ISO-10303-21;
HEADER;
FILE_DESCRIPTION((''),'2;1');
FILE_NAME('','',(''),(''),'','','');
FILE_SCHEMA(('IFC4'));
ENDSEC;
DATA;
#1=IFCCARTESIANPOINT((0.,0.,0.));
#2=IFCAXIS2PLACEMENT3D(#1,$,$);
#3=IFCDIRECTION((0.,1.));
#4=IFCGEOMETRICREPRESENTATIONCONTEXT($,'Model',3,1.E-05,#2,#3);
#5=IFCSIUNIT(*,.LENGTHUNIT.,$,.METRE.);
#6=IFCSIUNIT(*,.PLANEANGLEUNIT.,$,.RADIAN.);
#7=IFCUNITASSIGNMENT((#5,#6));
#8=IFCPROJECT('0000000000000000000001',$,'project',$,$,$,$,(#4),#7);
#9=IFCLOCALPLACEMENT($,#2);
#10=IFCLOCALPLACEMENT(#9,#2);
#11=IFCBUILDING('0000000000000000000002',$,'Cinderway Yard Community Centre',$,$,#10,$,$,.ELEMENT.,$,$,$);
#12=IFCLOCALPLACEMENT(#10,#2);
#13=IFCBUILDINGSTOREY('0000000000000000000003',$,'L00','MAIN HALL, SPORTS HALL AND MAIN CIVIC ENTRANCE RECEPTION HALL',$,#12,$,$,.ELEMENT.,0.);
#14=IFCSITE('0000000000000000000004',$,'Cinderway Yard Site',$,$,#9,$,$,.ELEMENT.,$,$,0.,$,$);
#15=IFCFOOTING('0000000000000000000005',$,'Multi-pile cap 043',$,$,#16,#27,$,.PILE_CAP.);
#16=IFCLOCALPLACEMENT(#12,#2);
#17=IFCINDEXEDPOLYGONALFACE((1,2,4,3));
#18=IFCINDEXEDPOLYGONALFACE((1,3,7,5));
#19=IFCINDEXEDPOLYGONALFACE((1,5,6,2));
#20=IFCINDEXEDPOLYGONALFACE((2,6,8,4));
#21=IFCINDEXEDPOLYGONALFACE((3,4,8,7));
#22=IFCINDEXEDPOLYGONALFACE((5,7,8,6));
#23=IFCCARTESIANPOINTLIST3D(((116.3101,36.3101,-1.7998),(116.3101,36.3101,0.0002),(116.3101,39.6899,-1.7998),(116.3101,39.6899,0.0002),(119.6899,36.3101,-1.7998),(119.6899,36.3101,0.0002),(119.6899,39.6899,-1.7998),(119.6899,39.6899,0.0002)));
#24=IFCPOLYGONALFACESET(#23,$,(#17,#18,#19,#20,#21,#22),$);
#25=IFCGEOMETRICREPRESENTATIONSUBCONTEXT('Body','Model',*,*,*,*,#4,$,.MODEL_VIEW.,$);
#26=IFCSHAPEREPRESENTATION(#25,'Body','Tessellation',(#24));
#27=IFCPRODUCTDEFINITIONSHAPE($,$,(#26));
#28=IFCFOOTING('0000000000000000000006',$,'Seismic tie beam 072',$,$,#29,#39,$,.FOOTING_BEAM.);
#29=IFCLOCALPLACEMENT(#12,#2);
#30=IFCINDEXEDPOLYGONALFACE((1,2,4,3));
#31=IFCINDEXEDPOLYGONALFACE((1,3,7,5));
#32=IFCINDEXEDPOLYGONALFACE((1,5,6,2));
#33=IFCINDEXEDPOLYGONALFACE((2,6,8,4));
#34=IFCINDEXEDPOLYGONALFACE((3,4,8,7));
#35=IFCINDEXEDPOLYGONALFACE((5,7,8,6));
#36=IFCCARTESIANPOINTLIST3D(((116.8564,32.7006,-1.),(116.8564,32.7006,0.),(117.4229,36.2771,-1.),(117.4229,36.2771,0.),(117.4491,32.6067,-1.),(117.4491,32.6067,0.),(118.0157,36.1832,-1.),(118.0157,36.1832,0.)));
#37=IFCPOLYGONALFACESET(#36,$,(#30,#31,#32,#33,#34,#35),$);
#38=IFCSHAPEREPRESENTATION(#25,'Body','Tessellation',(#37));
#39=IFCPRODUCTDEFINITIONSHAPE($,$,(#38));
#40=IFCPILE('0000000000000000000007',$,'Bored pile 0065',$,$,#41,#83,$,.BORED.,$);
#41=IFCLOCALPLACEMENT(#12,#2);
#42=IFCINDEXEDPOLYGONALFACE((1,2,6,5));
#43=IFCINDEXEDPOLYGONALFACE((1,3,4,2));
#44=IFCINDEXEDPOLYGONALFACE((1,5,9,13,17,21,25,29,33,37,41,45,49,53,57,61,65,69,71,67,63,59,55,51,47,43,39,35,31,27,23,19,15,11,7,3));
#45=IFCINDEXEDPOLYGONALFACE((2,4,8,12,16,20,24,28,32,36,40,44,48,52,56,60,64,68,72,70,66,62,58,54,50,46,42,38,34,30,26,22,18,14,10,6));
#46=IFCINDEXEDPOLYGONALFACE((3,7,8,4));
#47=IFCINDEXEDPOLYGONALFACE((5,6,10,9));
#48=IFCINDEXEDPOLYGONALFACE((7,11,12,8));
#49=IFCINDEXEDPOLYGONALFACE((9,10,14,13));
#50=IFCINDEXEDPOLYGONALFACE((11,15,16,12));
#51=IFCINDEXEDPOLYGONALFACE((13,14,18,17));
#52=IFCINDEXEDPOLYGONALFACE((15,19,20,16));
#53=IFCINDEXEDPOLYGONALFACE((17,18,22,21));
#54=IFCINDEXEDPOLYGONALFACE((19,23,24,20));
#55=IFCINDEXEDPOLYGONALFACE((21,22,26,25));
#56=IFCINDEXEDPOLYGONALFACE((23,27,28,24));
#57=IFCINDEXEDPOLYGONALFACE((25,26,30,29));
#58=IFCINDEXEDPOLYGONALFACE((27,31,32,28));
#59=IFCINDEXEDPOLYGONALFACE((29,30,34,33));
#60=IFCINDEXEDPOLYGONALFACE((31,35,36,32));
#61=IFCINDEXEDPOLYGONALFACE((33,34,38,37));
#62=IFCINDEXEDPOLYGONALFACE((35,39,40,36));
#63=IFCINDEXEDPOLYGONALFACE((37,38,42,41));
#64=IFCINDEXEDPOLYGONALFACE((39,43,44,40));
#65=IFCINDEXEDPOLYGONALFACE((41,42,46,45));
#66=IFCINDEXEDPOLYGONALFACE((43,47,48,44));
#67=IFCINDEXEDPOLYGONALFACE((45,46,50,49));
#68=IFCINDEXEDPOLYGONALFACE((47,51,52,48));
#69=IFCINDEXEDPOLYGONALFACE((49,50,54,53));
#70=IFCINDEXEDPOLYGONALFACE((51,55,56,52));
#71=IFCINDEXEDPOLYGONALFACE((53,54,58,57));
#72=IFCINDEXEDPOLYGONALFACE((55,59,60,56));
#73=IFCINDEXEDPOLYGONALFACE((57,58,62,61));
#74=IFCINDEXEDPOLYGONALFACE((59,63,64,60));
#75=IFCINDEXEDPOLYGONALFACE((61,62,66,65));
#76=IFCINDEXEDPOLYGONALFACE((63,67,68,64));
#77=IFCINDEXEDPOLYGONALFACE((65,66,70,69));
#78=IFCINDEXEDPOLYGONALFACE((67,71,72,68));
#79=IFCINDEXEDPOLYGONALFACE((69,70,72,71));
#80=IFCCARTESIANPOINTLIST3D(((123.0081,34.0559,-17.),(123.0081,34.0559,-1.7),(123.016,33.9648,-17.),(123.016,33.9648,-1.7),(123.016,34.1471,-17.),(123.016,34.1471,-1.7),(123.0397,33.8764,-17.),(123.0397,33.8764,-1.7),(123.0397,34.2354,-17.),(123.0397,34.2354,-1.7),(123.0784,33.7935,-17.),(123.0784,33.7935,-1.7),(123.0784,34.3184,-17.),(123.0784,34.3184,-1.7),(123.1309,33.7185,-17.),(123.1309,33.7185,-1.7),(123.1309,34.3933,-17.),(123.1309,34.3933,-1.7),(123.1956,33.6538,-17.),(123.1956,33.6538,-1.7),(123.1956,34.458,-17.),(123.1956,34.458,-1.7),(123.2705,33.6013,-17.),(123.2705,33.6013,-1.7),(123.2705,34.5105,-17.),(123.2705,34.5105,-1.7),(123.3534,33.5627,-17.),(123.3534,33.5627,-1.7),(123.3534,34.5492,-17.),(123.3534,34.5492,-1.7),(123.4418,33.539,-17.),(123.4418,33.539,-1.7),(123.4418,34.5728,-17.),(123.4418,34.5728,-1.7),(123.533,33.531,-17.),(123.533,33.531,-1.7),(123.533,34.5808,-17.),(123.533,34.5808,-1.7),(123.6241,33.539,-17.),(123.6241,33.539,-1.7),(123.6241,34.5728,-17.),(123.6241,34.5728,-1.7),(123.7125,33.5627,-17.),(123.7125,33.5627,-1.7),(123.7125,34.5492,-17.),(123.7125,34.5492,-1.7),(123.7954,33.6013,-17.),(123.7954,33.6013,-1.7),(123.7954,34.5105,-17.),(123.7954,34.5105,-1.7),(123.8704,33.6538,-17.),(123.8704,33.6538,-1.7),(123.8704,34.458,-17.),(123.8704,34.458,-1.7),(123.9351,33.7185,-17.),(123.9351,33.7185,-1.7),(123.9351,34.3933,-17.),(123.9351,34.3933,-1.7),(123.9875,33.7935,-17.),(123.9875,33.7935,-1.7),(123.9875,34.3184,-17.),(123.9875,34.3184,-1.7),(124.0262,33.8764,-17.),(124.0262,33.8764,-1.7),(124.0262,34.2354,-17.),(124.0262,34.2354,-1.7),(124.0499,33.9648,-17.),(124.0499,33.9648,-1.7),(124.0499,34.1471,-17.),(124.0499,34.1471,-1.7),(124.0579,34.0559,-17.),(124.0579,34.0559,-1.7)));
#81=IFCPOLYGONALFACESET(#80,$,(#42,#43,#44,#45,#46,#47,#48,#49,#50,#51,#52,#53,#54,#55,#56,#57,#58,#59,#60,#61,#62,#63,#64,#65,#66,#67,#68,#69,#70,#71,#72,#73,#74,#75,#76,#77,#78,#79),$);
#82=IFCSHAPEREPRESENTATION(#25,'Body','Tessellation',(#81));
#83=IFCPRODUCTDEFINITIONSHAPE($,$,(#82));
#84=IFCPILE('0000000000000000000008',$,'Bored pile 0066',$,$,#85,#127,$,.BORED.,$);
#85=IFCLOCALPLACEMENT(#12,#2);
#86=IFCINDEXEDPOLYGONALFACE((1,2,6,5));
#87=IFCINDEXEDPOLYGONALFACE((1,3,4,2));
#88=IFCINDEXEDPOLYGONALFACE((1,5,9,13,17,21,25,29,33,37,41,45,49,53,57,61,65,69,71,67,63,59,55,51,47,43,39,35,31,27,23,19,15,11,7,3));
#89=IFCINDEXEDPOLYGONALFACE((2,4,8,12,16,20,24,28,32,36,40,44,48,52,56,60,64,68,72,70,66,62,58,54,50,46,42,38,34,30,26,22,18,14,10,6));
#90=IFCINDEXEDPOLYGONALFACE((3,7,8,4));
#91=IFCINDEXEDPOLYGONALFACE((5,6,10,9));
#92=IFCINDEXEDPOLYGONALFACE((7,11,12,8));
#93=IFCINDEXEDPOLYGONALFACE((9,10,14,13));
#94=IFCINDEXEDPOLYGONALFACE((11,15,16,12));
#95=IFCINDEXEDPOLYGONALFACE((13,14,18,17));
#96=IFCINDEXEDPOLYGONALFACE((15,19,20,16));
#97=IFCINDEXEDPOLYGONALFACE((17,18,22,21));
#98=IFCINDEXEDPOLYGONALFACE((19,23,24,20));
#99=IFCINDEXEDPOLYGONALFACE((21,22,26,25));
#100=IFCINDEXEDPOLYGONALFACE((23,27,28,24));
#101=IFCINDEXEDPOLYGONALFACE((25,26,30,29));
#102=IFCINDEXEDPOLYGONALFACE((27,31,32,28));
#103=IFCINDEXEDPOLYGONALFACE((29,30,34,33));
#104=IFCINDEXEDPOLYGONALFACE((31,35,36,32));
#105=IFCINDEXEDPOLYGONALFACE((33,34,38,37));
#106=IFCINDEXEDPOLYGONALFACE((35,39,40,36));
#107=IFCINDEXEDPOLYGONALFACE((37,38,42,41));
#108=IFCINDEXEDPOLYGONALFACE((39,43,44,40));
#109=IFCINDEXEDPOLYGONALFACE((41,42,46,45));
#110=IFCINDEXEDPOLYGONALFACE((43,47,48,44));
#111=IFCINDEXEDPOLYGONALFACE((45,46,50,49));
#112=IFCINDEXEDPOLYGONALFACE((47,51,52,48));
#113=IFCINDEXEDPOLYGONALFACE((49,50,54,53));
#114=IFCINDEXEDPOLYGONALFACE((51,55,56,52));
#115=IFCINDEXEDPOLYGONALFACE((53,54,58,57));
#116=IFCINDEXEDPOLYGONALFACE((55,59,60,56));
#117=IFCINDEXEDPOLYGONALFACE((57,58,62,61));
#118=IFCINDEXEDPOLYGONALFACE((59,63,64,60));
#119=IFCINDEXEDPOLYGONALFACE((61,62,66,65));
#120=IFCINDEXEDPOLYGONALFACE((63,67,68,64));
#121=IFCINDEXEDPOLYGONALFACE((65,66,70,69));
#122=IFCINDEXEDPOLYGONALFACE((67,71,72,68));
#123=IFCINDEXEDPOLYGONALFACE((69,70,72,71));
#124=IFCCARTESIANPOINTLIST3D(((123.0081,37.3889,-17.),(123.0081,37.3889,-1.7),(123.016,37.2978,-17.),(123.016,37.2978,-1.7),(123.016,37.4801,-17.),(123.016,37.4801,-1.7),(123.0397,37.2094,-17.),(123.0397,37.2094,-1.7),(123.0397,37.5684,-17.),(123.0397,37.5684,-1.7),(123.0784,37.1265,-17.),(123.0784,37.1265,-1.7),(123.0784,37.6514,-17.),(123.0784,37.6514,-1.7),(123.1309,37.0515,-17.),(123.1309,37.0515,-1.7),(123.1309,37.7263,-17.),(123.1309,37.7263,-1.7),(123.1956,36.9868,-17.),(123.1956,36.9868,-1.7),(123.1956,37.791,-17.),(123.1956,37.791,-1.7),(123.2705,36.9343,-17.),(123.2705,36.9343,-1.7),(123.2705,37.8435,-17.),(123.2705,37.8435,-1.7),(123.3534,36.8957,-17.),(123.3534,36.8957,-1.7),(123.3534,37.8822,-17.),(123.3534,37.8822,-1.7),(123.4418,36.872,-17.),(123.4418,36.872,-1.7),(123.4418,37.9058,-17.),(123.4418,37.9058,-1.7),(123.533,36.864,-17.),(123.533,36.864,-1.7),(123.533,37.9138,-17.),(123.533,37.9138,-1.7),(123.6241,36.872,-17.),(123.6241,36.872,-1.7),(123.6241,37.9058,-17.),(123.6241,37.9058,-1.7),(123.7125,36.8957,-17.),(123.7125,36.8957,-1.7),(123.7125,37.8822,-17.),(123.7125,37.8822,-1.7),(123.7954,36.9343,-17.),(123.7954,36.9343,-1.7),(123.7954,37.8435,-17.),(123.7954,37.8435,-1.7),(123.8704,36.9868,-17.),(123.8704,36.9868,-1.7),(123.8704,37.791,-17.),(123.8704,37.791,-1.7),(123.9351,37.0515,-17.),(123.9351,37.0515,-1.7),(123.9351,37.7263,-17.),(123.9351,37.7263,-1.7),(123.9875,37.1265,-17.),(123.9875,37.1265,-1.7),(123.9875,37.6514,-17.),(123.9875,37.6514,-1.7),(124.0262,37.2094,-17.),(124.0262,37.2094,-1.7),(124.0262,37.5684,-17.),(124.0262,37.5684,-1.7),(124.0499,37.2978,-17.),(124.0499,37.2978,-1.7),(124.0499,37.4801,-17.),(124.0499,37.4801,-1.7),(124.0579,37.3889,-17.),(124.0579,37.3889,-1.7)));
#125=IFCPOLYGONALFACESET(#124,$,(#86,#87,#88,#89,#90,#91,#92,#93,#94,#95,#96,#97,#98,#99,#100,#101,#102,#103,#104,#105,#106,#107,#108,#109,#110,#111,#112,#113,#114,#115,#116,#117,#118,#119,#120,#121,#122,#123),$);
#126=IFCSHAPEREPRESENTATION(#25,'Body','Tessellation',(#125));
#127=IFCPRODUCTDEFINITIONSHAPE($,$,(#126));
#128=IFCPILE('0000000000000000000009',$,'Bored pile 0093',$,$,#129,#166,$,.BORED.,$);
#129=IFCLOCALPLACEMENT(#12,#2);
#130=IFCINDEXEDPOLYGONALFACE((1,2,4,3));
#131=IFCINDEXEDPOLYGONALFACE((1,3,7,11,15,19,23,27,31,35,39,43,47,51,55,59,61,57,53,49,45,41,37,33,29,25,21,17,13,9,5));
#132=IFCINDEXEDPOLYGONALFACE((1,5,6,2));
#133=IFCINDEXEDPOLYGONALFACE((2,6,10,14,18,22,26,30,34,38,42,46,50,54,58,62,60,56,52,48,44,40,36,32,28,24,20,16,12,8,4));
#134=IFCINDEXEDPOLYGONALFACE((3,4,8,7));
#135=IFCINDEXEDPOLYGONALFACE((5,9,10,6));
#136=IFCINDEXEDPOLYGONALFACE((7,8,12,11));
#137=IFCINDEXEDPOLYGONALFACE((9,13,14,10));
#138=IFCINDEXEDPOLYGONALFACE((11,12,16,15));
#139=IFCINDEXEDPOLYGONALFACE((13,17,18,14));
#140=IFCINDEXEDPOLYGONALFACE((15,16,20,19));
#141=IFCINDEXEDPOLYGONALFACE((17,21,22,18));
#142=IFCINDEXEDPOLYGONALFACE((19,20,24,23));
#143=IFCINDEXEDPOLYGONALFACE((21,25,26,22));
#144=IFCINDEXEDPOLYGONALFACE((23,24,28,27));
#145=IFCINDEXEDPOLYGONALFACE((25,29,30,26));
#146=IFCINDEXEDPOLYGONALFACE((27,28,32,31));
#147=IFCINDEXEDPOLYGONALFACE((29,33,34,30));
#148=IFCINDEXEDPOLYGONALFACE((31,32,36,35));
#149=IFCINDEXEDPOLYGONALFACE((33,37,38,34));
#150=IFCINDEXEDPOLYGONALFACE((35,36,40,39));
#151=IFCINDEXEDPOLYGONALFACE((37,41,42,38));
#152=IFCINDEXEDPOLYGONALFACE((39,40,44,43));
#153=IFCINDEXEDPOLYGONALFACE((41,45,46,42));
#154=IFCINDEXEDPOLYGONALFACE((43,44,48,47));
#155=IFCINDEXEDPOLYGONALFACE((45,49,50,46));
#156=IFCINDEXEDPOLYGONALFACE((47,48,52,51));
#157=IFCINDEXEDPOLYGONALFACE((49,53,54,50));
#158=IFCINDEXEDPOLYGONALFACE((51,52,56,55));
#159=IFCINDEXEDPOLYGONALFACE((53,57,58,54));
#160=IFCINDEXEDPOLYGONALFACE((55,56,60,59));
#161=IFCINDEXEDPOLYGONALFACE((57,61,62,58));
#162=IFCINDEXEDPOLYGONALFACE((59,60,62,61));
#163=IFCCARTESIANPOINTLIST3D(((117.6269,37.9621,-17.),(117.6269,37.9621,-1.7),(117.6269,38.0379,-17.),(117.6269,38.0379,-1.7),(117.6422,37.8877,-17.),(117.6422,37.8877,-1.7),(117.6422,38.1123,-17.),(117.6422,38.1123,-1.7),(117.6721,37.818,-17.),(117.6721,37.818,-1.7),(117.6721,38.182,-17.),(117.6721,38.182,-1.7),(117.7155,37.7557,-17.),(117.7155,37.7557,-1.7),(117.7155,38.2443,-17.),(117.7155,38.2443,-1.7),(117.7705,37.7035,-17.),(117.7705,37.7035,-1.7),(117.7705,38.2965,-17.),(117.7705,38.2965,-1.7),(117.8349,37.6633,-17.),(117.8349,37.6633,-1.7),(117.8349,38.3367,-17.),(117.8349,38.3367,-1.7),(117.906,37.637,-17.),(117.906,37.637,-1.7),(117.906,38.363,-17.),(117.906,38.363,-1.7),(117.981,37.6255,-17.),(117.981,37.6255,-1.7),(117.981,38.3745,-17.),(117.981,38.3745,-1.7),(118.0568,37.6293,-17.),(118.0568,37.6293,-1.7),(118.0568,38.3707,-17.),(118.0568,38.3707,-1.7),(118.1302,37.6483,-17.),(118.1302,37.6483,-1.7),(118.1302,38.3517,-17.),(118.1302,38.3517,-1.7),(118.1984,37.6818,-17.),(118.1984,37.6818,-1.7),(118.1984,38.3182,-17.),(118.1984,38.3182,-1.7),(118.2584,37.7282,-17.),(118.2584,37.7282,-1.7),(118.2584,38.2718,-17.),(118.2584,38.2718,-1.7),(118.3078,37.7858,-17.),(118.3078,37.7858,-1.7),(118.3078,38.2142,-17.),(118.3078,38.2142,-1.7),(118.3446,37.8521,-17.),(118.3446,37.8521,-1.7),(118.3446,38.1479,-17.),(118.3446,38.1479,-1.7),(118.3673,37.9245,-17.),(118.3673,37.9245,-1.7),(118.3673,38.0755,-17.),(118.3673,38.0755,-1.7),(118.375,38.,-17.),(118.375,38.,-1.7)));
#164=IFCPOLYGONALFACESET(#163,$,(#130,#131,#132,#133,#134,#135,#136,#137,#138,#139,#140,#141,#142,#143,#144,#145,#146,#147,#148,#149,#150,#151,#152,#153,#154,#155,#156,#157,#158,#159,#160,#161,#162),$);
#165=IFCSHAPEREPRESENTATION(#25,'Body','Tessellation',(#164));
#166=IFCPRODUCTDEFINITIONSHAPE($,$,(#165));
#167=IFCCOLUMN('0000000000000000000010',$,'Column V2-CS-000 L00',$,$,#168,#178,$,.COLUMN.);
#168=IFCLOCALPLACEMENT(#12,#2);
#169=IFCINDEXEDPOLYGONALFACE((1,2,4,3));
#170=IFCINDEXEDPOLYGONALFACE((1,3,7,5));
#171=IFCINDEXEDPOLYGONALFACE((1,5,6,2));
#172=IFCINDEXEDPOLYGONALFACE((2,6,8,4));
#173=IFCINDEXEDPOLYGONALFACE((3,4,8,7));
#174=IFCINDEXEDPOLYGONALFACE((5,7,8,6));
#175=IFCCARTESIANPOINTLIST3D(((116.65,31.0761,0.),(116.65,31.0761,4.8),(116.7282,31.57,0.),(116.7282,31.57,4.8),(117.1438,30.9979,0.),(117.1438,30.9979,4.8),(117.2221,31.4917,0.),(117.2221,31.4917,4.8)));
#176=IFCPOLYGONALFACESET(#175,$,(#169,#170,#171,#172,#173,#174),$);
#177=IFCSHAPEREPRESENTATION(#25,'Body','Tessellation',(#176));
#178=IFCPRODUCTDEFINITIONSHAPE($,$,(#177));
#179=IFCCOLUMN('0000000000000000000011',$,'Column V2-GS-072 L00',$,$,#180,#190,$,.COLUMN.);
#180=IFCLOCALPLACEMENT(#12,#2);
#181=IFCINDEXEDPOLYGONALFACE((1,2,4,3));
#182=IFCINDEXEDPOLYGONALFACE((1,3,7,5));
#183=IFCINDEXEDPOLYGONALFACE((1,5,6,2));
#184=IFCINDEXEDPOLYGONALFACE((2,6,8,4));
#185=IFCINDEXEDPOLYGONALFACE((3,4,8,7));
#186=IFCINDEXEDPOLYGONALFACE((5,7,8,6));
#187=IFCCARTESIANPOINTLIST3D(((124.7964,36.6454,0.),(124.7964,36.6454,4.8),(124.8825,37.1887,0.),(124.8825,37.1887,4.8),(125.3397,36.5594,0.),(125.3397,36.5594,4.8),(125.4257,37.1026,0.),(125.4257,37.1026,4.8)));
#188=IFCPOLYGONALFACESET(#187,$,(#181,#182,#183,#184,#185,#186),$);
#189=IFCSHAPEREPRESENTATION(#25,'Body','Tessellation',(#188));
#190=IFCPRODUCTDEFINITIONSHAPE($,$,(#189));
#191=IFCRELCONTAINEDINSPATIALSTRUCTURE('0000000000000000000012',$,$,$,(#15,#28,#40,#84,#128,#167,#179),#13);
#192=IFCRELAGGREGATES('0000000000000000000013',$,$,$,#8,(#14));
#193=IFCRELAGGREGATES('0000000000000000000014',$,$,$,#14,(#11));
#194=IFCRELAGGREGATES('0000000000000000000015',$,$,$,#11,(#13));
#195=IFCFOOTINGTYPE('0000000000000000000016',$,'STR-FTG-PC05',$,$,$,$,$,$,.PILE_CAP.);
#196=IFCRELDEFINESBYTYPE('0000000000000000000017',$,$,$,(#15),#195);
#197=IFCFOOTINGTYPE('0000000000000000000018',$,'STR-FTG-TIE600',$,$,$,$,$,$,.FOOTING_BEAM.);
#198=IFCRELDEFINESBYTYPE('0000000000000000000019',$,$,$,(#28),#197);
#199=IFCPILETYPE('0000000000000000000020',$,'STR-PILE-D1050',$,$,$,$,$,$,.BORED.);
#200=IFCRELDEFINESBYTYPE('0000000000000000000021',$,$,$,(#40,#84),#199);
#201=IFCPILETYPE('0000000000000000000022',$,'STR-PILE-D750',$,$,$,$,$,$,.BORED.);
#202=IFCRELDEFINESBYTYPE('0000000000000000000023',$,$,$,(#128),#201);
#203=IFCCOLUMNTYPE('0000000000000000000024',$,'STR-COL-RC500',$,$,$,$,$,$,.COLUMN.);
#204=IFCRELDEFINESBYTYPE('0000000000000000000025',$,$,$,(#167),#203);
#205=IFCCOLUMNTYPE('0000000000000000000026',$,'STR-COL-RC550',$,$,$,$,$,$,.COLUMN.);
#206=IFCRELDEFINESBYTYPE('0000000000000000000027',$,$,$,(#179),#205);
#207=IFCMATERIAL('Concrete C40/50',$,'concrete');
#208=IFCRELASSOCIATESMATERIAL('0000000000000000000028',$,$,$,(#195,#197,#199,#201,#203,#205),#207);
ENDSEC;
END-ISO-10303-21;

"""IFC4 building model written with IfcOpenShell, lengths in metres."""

from ifc_helpers import new_model, si_unit, direction, frame, origin, origin_2d, place, context, subcontext, project, spatial, rectangle, circle, extrude, material, material_profile, profile_set, type_object, element, save


model = new_model("IFC4")

# Units and contexts
model_context = context("Model", 3, precision=1e-05, world=origin(), true_north=direction((0.0, 1.0)))
body_context = subcontext(model_context, "Body", "Model", "MODEL_VIEW")
ifc_project = project(units=[si_unit("LENGTHUNIT", "METRE"), si_unit("PLANEANGLEUNIT", "RADIAN")], contexts=[model_context])

# Site, building, storey
site_placement = place(None, origin())
site = spatial("IfcSite", under=ifc_project, at=site_placement, Name="Cinderway Yard Site", CompositionType="ELEMENT", RefElevation=0.0)
building_placement = place(site_placement, origin())
building = spatial("IfcBuilding", under=site, at=building_placement, Name="Cinderway Yard Community Centre", CompositionType="ELEMENT")
storey_placement = place(building_placement, origin())
storey = spatial("IfcBuildingStorey", under=building, at=storey_placement, Name="L00", Description="MAIN HALL, SPORTS HALL AND MAIN CIVIC ENTRANCE RECEPTION HALL", CompositionType="ELEMENT", Elevation=0.0)

# Footings
ifc_material_1 = material(Name="Concrete C40/50", Category="concrete")
footing_type_1 = type_object("IfcFootingType", Name="STR-FTG-PC05", PredefinedType="PILE_CAP", material=ifc_material_1)
footing_1_placement = place(storey_placement, frame((118.0, 38.0, -1.7998), z_axis=(0.0, 0.0, 1.0), x_axis=(1.0, 0.0, 0.0)))
element("IfcFooting", 1, at=footing_1_placement, inside=storey, type_object=footing_type_1, Name="Multi-pile cap 043", PredefinedType="PILE_CAP", context=body_context, shape_type="SweptSolid", body=[
    extrude(rectangle(XDim=3.3799, YDim=3.3799, at=origin_2d()), origin(), (0.0, 0.0, 1.0), 1.8),
])
footing_type_2 = type_object("IfcFootingType", Name="STR-FTG-TIE600", PredefinedType="FOOTING_BEAM", material=ifc_material_1)
footing_2_placement = place(storey_placement, frame((117.436, 34.4419, -1.0), z_axis=(0.0, 0.0, 1.0), x_axis=(0.156452, 0.987686, 0.0)))
element("IfcFooting", 2, at=footing_2_placement, inside=storey, type_object=footing_type_2, Name="Seismic tie beam 072", PredefinedType="FOOTING_BEAM", context=body_context, shape_type="SweptSolid", body=[
    extrude(rectangle(XDim=3.6211, YDim=0.6001, at=origin_2d()), origin(), (0.0, 0.0, 1.0), 1.0),
])

# Piles
ifc_material_profile_1 = material_profile(ifc_material_1, circle(Radius=0.5249, at=origin_2d()), Name="Concrete C40/50")
ifc_profile_set_1 = profile_set([ifc_material_profile_1], Name="Concrete C40/50")
pile_type_1 = type_object("IfcPileType", Name="STR-PILE-D1050", PredefinedType="BORED", material=ifc_profile_set_1)
for number, where, z_axis, x_axis, name in (
    (3, (123.533, 34.0559, -1.7), (0.0, 0.0, -1.0), (1.0, 0.0, 0.0), "Bored pile 0065"),
    (4, (123.533, 37.3889, -1.7), (0.0, 0.0, -1.0), (1.0, 0.0, 0.0), "Bored pile 0066"),
):
    element("IfcPile", number, at=place(storey_placement, frame(where, z_axis=z_axis, x_axis=x_axis)), inside=storey, type_object=pile_type_1, Name=name, PredefinedType="BORED", context=body_context, shape_type="SweptSolid", body=[
        extrude(circle(Radius=0.5249, at=origin_2d()), origin(), (0.0, 0.0, 1.0), 15.3),
    ])
ifc_material_profile_2 = material_profile(ifc_material_1, circle(Radius=0.375, at=origin_2d()), Name="Concrete C40/50")
ifc_profile_set_2 = profile_set([ifc_material_profile_2], Name="Concrete C40/50")
pile_type_2 = type_object("IfcPileType", Name="STR-PILE-D750", PredefinedType="BORED", material=ifc_profile_set_2)
pile_placement = place(storey_placement, frame((118.0, 38.0, -1.7), z_axis=(0.0, 0.0, -1.0), x_axis=(1.0, 0.0, 0.0)))
element("IfcPile", 5, at=pile_placement, inside=storey, type_object=pile_type_2, Name="Bored pile 0093", PredefinedType="BORED", context=body_context, shape_type="SweptSolid", body=[
    extrude(circle(Radius=0.375, at=origin_2d()), origin(), (0.0, 0.0, 1.0), 15.3),
])

# Columns
ifc_material_profile_3 = material_profile(ifc_material_1, rectangle(XDim=0.5, YDim=0.5, at=origin_2d()), Name="Concrete C40/50")
ifc_profile_set_3 = profile_set([ifc_material_profile_3], Name="Concrete C40/50")
column_type_1 = type_object("IfcColumnType", Name="STR-COL-RC500", PredefinedType="COLUMN", material=ifc_profile_set_3)
column_1_placement = place(storey_placement, frame((116.936, 31.2839, 0.0), z_axis=(0.0, 0.0, 1.0), x_axis=(0.987688, -0.156434, 0.0)))
element("IfcColumn", 6, at=column_1_placement, inside=storey, type_object=column_type_1, Name="Column V2-CS-000 L00", PredefinedType="COLUMN", context=body_context, shape_type="SweptSolid", body=[
    extrude(rectangle(XDim=0.5, YDim=0.5, at=origin_2d()), origin(), (0.0, 0.0, 1.0), 4.8),
])
ifc_material_profile_4 = material_profile(ifc_material_1, rectangle(XDim=0.55, YDim=0.55, at=origin_2d()), Name="Concrete C40/50")
ifc_profile_set_4 = profile_set([ifc_material_profile_4], Name="Concrete C40/50")
column_type_2 = type_object("IfcColumnType", Name="STR-COL-RC550", PredefinedType="COLUMN", material=ifc_profile_set_4)
column_2_placement = place(storey_placement, frame((125.1111, 36.874, 0.0), z_axis=(0.0, 0.0, 1.0), x_axis=(0.987688, -0.156434, 0.0)))
element("IfcColumn", 7, at=column_2_placement, inside=storey, type_object=column_type_2, Name="Column V2-GS-072 L00", PredefinedType="COLUMN", context=body_context, shape_type="SweptSolid", body=[
    extrude(rectangle(XDim=0.55, YDim=0.55, at=origin_2d()), origin(), (0.0, 0.0, 1.0), 4.8),
])

save(model, "model.ifc")
